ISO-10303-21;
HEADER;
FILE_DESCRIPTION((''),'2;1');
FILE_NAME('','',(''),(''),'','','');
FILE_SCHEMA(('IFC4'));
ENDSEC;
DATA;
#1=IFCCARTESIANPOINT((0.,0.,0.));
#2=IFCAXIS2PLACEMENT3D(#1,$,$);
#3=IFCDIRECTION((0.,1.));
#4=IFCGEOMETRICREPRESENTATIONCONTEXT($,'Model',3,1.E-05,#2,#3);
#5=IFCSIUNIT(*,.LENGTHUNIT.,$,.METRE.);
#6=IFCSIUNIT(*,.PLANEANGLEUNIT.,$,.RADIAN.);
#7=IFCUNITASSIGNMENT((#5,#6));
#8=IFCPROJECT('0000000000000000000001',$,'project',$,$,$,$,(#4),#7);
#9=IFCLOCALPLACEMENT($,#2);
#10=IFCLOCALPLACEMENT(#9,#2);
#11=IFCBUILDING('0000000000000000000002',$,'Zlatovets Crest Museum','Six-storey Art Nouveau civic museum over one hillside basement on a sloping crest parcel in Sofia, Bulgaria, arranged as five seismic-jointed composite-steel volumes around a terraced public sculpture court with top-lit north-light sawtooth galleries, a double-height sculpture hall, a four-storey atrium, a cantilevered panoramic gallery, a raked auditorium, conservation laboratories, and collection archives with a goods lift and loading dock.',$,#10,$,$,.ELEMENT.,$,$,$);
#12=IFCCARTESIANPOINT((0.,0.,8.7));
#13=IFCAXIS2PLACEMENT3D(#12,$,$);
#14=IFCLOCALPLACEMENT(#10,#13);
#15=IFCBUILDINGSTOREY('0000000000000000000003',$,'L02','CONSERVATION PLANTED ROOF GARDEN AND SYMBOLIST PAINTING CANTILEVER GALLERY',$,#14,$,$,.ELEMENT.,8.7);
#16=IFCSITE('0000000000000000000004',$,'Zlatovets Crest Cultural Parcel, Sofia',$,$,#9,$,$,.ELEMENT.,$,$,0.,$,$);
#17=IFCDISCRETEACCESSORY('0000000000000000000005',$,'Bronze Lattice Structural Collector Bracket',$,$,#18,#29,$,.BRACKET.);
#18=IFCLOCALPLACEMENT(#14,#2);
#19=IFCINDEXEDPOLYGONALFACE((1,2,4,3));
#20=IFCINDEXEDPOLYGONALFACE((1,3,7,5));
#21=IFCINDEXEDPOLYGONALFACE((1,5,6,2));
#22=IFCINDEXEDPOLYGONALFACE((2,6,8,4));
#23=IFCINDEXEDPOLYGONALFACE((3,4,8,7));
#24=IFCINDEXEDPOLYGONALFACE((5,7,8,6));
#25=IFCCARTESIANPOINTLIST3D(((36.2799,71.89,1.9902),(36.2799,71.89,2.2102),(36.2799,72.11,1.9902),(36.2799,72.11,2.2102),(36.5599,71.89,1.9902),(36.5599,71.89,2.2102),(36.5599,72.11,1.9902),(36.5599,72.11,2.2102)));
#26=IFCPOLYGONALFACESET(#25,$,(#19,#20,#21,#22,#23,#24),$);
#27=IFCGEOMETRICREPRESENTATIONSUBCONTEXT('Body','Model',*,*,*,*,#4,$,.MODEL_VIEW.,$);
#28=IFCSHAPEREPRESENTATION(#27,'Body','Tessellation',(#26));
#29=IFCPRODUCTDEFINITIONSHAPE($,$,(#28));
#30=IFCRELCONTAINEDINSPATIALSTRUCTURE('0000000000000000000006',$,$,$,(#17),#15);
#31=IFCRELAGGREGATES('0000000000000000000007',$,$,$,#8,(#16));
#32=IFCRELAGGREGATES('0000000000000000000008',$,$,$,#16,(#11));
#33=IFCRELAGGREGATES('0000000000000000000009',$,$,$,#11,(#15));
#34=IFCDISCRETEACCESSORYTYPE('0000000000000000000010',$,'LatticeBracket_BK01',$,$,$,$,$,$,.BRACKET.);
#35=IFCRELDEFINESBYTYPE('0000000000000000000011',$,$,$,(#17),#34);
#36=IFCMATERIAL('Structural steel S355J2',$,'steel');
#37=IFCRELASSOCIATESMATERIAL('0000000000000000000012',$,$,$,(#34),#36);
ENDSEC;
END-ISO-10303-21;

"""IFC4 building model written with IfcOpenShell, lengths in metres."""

from ifc_helpers import new_model, si_unit, direction, frame, origin, origin_2d, place, context, subcontext, project, spatial, rectangle, extrude, material, type_object, element, save


model = new_model("IFC4")

# Units and contexts
model_context = context("Model", 3, precision=1e-05, world=origin(), true_north=direction((0.0, 1.0)))
body_context = subcontext(model_context, "Body", "Model", "MODEL_VIEW")
ifc_project = project(units=[si_unit("LENGTHUNIT", "METRE"), si_unit("PLANEANGLEUNIT", "RADIAN")], contexts=[model_context])

# Site, building, storey
site_placement = place(None, origin())
site = spatial("IfcSite", under=ifc_project, at=site_placement, Name="Zlatovets Crest Cultural Parcel, Sofia", CompositionType="ELEMENT", RefElevation=0.0)
building_placement = place(site_placement, origin())
building = spatial("IfcBuilding", under=site, at=building_placement, Name="Zlatovets Crest Museum", Description="Six-storey Art Nouveau civic museum over one hillside basement on a sloping crest parcel in Sofia, Bulgaria, arranged as five seismic-jointed composite-steel volumes around a terraced public sculpture court with top-lit north-light sawtooth galleries, a double-height sculpture hall, a four-storey atrium, a cantilevered panoramic gallery, a raked auditorium, conservation laboratories, and collection archives with a goods lift and loading dock.", CompositionType="ELEMENT")
storey_placement = place(building_placement, frame((0.0, 0.0, 8.7)))
storey = spatial("IfcBuildingStorey", under=building, at=storey_placement, Name="L02", Description="CONSERVATION PLANTED ROOF GARDEN AND SYMBOLIST PAINTING CANTILEVER GALLERY", CompositionType="ELEMENT", Elevation=8.7)

# Shared definitions
ifc_material_1 = material(Name="Structural steel S355J2", Category="steel")

# Discrete accessory
discrete_accessory_type = type_object("IfcDiscreteAccessoryType", Name="LatticeBracket_BK01", PredefinedType="BRACKET", material=ifc_material_1)
discrete_accessory_placement = place(storey_placement, frame((36.4199, 72.0, 1.9902), z_axis=(0.0, 0.0, 1.0), x_axis=(1.0, 0.0, 0.0)))
element("IfcDiscreteAccessory", 1, at=discrete_accessory_placement, inside=storey, type_object=discrete_accessory_type, Name="Bronze Lattice Structural Collector Bracket", PredefinedType="BRACKET", context=body_context, shape_type="SweptSolid", body=[
    extrude(rectangle(XDim=0.28, YDim=0.22, at=origin_2d()), origin(), (0.0, 0.0, 1.0), 0.22),
])

save(model, "model.ifc")
